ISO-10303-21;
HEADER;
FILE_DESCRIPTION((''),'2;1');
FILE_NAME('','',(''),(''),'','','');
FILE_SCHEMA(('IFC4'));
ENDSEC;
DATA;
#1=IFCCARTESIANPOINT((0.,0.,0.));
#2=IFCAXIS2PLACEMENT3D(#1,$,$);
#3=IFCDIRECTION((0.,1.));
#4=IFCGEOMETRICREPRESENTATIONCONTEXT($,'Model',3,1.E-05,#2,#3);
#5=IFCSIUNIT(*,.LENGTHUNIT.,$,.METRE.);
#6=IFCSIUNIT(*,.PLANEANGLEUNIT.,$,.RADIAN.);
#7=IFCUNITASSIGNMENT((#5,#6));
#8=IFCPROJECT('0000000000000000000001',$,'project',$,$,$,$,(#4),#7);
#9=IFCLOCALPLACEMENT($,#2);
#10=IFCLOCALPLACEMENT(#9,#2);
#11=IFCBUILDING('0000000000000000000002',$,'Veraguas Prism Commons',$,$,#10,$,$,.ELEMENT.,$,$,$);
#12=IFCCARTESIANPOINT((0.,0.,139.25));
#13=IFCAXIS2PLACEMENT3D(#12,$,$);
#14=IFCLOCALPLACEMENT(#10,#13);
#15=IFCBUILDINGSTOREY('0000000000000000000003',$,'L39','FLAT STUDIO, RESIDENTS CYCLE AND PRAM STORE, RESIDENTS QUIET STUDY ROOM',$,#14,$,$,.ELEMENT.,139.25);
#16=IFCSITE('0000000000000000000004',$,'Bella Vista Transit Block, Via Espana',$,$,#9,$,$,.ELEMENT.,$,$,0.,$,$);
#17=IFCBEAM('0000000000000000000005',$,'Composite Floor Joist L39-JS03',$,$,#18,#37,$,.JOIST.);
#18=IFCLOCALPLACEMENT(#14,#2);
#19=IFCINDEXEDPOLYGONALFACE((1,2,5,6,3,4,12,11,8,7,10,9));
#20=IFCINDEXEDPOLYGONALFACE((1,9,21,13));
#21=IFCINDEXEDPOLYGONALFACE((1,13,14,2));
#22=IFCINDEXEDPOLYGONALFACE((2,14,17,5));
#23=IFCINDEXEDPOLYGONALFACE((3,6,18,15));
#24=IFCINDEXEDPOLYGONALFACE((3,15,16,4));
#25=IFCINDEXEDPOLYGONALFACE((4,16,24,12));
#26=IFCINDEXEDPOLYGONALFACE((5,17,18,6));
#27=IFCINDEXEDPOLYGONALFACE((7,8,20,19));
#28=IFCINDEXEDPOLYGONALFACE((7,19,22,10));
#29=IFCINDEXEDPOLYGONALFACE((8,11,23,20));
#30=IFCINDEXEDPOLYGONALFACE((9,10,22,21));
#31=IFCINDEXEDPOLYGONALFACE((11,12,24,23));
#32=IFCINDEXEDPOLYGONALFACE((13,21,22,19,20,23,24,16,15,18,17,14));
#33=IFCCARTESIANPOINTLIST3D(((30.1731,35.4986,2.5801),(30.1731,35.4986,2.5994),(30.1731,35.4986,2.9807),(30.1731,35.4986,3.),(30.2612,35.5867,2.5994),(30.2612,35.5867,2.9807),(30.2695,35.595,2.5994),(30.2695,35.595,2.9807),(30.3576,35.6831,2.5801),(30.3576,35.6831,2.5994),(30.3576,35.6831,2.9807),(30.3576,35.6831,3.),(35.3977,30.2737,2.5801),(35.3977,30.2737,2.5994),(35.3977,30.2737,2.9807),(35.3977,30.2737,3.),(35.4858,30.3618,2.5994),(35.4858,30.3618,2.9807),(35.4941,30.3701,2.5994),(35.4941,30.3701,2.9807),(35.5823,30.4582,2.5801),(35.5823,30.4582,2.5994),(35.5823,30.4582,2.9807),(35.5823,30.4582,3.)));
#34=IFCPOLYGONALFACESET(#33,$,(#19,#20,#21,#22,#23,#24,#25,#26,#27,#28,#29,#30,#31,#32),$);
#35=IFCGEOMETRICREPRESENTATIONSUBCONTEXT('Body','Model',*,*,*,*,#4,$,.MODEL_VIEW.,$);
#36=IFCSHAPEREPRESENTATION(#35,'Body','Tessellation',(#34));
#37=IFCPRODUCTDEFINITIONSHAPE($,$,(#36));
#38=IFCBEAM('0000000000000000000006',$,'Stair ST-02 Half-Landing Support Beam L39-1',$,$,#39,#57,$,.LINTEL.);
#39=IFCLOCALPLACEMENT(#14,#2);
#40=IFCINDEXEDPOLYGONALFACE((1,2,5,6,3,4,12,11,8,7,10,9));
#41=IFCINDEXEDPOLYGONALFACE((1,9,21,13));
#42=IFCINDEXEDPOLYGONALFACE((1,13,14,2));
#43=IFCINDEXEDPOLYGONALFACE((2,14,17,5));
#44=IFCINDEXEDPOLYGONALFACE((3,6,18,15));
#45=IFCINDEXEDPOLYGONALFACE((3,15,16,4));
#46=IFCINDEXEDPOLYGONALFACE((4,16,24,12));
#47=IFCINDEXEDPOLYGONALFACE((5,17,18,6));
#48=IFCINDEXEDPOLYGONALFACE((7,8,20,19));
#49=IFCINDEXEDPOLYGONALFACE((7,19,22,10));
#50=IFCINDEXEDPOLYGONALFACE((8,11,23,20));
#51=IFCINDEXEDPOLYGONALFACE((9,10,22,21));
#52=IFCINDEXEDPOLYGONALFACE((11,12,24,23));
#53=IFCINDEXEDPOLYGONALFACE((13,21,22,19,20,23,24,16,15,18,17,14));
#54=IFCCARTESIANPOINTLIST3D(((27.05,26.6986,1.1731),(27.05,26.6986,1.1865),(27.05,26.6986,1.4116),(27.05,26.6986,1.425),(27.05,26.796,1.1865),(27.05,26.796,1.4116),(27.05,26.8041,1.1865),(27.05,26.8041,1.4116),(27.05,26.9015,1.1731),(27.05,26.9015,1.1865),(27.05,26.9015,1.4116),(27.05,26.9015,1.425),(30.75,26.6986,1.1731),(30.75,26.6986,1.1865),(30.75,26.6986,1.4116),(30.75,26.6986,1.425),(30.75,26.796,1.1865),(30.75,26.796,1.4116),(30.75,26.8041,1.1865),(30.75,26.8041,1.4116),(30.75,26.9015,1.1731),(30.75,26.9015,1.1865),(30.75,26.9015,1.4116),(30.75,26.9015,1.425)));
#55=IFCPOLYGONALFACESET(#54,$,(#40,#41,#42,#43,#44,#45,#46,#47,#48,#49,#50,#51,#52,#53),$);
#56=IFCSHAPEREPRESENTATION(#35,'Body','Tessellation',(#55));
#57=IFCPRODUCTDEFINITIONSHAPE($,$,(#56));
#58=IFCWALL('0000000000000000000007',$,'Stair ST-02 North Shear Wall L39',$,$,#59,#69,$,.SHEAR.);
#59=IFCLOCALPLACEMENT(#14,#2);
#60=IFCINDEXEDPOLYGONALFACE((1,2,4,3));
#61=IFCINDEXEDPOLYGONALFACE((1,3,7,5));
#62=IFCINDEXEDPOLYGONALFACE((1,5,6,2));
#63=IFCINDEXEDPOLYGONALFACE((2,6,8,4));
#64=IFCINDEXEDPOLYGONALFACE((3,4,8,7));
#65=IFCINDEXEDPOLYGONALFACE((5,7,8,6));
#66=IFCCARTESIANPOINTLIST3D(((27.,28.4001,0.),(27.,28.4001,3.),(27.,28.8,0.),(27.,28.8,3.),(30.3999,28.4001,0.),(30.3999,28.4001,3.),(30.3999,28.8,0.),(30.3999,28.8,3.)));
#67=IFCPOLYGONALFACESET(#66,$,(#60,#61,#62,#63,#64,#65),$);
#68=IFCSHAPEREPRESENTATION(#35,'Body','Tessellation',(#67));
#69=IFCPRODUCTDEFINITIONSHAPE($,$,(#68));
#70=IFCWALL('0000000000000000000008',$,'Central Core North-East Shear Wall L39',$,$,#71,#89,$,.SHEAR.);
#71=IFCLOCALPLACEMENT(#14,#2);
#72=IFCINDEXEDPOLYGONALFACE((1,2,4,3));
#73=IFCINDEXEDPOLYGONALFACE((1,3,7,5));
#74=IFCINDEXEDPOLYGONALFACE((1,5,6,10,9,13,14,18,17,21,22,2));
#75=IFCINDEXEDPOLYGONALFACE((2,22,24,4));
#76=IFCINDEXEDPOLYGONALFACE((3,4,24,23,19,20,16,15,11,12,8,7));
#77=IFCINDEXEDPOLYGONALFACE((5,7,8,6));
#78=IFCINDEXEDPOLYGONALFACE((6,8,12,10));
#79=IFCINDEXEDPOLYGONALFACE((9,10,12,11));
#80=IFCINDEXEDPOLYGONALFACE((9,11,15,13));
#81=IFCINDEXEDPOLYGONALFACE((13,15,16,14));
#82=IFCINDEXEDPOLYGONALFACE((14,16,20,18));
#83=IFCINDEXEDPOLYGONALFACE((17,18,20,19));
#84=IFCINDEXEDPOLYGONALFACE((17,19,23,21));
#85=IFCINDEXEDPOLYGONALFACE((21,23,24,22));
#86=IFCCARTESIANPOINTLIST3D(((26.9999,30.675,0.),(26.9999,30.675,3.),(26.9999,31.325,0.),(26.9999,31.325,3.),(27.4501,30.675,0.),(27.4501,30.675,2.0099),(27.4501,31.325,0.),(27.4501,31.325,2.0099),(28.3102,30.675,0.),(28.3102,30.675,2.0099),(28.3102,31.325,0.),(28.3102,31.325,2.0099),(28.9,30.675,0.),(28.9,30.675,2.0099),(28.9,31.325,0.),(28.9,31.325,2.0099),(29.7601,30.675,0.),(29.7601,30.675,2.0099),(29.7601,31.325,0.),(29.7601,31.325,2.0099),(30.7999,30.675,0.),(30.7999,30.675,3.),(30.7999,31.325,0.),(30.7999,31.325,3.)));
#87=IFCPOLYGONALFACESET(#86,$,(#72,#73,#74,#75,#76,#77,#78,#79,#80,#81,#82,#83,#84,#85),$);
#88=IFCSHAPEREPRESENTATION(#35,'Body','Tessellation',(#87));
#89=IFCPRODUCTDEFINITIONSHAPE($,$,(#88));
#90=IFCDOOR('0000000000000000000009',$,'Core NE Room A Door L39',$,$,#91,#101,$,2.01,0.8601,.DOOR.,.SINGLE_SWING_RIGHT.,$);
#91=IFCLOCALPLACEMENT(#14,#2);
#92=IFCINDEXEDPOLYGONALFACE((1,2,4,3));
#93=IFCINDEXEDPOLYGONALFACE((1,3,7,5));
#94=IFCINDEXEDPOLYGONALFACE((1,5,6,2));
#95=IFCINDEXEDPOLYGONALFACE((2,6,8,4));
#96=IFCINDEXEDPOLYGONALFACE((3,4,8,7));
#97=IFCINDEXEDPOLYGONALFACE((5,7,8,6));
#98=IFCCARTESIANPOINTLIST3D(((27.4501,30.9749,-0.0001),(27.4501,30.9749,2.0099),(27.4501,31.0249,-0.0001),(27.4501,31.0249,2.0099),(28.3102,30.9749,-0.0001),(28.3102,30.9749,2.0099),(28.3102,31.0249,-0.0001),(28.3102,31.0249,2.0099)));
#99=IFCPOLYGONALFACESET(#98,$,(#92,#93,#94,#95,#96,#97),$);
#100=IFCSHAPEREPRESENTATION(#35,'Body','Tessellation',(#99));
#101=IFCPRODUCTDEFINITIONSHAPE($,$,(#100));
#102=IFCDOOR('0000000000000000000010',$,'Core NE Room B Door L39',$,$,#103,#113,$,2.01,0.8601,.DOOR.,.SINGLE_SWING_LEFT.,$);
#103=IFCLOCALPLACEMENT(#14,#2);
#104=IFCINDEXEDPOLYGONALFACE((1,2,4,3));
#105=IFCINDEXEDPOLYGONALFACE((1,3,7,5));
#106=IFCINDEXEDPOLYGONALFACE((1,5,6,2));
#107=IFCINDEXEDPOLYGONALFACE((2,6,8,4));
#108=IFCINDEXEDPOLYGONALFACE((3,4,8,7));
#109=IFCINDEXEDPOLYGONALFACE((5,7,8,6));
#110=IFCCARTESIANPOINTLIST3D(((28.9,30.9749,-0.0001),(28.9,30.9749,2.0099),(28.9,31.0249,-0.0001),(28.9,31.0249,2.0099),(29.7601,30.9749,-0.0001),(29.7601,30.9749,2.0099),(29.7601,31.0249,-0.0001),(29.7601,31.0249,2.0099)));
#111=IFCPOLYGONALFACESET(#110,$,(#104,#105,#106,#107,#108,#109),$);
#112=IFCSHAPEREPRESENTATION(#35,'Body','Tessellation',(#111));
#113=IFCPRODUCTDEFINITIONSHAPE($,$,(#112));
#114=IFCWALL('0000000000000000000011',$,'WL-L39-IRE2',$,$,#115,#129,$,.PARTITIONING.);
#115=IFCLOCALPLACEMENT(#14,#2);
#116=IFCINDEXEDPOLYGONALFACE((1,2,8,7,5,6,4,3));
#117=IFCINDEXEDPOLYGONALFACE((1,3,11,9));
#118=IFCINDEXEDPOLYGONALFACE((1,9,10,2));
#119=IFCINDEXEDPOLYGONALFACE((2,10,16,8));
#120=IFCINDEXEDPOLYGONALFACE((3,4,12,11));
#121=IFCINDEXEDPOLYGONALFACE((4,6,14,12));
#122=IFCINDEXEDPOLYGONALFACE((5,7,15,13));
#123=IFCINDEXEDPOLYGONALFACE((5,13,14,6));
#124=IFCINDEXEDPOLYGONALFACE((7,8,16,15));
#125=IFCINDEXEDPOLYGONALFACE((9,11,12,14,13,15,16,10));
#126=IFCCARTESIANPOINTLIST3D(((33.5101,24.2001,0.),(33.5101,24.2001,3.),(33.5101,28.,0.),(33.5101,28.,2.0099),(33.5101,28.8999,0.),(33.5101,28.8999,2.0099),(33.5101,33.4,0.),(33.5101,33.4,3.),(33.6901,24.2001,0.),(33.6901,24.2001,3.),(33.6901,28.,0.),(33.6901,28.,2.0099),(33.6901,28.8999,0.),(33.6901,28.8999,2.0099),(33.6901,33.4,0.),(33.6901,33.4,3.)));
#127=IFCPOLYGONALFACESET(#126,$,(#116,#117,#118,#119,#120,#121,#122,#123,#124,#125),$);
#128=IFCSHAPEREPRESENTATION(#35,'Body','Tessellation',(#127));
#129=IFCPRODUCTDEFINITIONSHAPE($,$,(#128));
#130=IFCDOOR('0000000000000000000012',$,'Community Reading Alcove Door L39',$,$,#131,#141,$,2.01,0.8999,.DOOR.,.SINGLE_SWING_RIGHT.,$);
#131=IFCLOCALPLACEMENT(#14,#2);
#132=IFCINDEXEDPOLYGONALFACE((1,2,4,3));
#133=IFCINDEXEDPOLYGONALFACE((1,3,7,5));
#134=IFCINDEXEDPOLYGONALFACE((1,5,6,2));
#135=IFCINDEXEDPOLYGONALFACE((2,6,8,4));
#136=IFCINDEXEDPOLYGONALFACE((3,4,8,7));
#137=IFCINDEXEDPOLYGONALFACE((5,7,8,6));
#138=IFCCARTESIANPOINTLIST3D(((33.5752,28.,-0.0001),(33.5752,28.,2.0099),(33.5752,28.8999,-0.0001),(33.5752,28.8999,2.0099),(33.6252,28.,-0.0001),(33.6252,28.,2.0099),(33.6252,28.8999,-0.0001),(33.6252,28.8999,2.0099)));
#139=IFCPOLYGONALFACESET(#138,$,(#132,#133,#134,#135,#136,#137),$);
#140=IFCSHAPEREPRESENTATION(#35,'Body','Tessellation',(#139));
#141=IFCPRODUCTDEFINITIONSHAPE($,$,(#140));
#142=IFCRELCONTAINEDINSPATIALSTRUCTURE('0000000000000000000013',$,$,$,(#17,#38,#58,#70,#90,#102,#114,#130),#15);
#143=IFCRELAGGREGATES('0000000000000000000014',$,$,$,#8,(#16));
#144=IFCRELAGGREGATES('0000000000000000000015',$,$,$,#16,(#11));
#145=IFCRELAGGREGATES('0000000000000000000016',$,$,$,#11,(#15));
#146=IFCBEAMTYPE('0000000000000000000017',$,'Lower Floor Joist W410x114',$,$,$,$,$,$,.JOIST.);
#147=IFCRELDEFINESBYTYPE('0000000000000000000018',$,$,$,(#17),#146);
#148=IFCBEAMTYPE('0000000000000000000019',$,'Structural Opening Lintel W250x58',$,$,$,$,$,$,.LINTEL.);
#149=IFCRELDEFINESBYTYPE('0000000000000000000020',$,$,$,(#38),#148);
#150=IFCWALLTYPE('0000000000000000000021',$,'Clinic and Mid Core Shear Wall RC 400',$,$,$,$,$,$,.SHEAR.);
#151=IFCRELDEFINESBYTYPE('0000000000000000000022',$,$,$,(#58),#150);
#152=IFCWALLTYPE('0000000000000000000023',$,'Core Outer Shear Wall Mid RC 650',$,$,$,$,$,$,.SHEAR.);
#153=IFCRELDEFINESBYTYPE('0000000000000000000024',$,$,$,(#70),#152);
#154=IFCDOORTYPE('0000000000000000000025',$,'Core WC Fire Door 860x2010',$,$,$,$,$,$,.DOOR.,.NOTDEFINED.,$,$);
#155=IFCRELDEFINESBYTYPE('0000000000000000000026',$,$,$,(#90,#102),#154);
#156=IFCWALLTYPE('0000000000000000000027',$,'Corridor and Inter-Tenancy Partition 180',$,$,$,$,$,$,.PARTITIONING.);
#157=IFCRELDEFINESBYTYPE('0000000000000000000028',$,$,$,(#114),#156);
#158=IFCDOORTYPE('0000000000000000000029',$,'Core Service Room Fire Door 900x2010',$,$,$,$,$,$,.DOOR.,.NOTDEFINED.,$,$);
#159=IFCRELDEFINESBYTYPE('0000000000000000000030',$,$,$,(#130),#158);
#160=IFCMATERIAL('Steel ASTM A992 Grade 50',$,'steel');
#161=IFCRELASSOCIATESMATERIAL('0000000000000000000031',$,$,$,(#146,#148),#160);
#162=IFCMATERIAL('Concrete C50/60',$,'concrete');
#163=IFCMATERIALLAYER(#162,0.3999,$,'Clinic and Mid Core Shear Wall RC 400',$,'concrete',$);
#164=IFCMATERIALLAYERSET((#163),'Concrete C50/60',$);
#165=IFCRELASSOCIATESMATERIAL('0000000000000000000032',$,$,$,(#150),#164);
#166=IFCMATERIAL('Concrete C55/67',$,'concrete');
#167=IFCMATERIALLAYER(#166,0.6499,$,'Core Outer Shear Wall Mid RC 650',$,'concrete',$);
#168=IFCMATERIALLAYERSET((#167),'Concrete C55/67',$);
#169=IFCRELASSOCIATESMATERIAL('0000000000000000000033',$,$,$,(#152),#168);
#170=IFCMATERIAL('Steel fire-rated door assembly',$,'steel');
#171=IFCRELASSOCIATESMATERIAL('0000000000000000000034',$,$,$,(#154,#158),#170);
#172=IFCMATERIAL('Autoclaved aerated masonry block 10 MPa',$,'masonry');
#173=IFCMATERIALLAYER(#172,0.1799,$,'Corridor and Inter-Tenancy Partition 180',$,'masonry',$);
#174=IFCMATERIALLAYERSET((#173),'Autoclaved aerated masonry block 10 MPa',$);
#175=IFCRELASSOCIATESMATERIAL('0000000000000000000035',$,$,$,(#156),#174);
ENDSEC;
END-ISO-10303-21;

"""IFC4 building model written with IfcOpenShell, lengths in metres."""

from ifc_helpers import new_model, si_unit, direction, frame, frame_2d, origin, origin_2d, place, context, subcontext, project, spatial, rectangle, i_section, extrude, source, transform, mapped, material, layer, layer_set, material_profile, profile_set, type_object, element, fill, save


model = new_model("IFC4")

# Units and contexts
model_context = context("Model", 3, precision=1e-05, world=origin(), true_north=direction((0.0, 1.0)))
body_context = subcontext(model_context, "Body", "Model", "MODEL_VIEW")
ifc_project = project(units=[si_unit("LENGTHUNIT", "METRE"), si_unit("PLANEANGLEUNIT", "RADIAN")], contexts=[model_context])

# Site, building, storey
site_placement = place(None, origin())
site = spatial("IfcSite", under=ifc_project, at=site_placement, Name="Bella Vista Transit Block, Via Espana", CompositionType="ELEMENT", RefElevation=0.0)
building_placement = place(site_placement, origin())
building = spatial("IfcBuilding", under=site, at=building_placement, Name="Veraguas Prism Commons", CompositionType="ELEMENT")
storey_placement = place(building_placement, frame((0.0, 0.0, 139.25)))
storey = spatial("IfcBuildingStorey", under=building, at=storey_placement, Name="L39", Description="FLAT STUDIO, RESIDENTS CYCLE AND PRAM STORE, RESIDENTS QUIET STUDY ROOM", CompositionType="ELEMENT", Elevation=139.25)

# Beams
ifc_material_1 = material(Name="Steel ASTM A992 Grade 50", Category="steel")
ifc_material_profile_1 = material_profile(ifc_material_1, i_section(OverallWidth=0.261, OverallDepth=0.4199, WebThickness=0.0117, FlangeThickness=0.0193, at=origin_2d()), Name="W410X114")
ifc_profile_set_1 = profile_set([ifc_material_profile_1], Name="Steel ASTM A992 Grade 50")
beam_type_1 = type_object("IfcBeamType", Name="Lower Floor Joist W410x114", PredefinedType="JOIST", material=ifc_profile_set_1)
beam_1_placement = place(storey_placement, frame((35.49, 30.366, 2.79), z_axis=(-0.70709, 0.707123, 0.0), x_axis=(-0.707123, -0.70709, 0.0)))
element("IfcBeam", 1, at=beam_1_placement, inside=storey, type_object=beam_type_1, Name="Composite Floor Joist L39-JS03", PredefinedType="JOIST", context=body_context, shape_type="SweptSolid", body=[
    extrude(i_section(OverallWidth=0.261, OverallDepth=0.4199, WebThickness=0.0117, FlangeThickness=0.0193, at=origin_2d()), origin(), (0.0, 0.0, 1.0), 7.3889),
])
ifc_material_profile_2 = material_profile(ifc_material_1, i_section(OverallWidth=0.2029, OverallDepth=0.252, WebThickness=0.0081, FlangeThickness=0.0134, at=origin_2d()), Name="W250X58")
ifc_profile_set_2 = profile_set([ifc_material_profile_2], Name="Steel ASTM A992 Grade 50")
beam_type_2 = type_object("IfcBeamType", Name="Structural Opening Lintel W250x58", PredefinedType="LINTEL", material=ifc_profile_set_2)
beam_2_placement = place(storey_placement, frame((27.05, 26.8, 1.2991), z_axis=(1.0, 0.0, 0.0), x_axis=(0.0, 1.0, 0.0)))
element("IfcBeam", 2, at=beam_2_placement, inside=storey, type_object=beam_type_2, Name="Stair ST-02 Half-Landing Support Beam L39-1", PredefinedType="LINTEL", context=body_context, shape_type="SweptSolid", body=[
    extrude(i_section(OverallWidth=0.2029, OverallDepth=0.252, WebThickness=0.0081, FlangeThickness=0.0134, at=origin_2d()), origin(), (0.0, 0.0, 1.0), 3.7),
])

# Wall
ifc_material_2 = material(Name="Concrete C50/60", Category="concrete")
ifc_layer_1 = layer(ifc_material_2, 0.3999, Name="Clinic and Mid Core Shear Wall RC 400", Category="concrete")
ifc_layer_set_1 = layer_set([ifc_layer_1], Name="Concrete C50/60")
wall_type_1 = type_object("IfcWallType", Name="Clinic and Mid Core Shear Wall RC 400", PredefinedType="SHEAR", material=ifc_layer_set_1)
wall_1_placement = place(storey_placement, frame((27.0, 28.6001, 0.0), z_axis=(0.0, 0.0, 1.0), x_axis=(1.0, 0.0, 0.0)))
element("IfcWall", 3, at=wall_1_placement, inside=storey, type_object=wall_type_1, Name="Stair ST-02 North Shear Wall L39", PredefinedType="SHEAR", context=body_context, shape_type="SweptSolid", body=[
    extrude(rectangle(XDim=3.3999, YDim=0.3999, at=frame_2d((1.7, 0.0))), origin(), (0.0, 0.0, 1.0), 3.0),
])

# Wall, openings, doors
ifc_material_3 = material(Name="Concrete C55/67", Category="concrete")
ifc_layer_2 = layer(ifc_material_3, 0.6499, Name="Core Outer Shear Wall Mid RC 650", Category="concrete")
ifc_layer_set_2 = layer_set([ifc_layer_2], Name="Concrete C55/67")
wall_type_2 = type_object("IfcWallType", Name="Core Outer Shear Wall Mid RC 650", PredefinedType="SHEAR", material=ifc_layer_set_2)
wall_2_placement = place(storey_placement, frame((27.0, 31.0, 0.0), z_axis=(0.0, 0.0, 1.0), x_axis=(1.0, 0.0, 0.0)))
wall_2 = element("IfcWall", 4, at=wall_2_placement, inside=storey, type_object=wall_type_2, Name="Central Core North-East Shear Wall L39", PredefinedType="SHEAR", context=body_context, shape_type="SweptSolid", body=[
    extrude(rectangle(XDim=3.8, YDim=0.6499, at=frame_2d((1.8999, 0.0))), origin(), (0.0, 0.0, 1.0), 3.0),
])
opening_1_placement = place(wall_2_placement, frame((0.45, 0.0, 0.0)))
opening_1 = element("IfcOpeningElement", 5, at=opening_1_placement, cuts=wall_2, PredefinedType="OPENING", context=body_context, shape_type="SweptSolid", body=[
    extrude(rectangle(XDim=0.8601, YDim=2.01, at=frame_2d((0.4302, 1.0049))), frame((0.0, 0.335, 0.0), z_axis=(0.0, -1.0, 0.0), x_axis=(1.0, 0.0, 0.0)), (0.0, 0.0, 1.0), 0.6699),
])
opening_2_placement = place(wall_2_placement, frame((1.8999, 0.0, 0.0)))
opening_2 = element("IfcOpeningElement", 6, at=opening_2_placement, cuts=wall_2, PredefinedType="OPENING", context=body_context, shape_type="SweptSolid", body=[
    extrude(rectangle(XDim=0.8601, YDim=2.01, at=frame_2d((0.4302, 1.0049))), frame((0.0, 0.335, 0.0), z_axis=(0.0, -1.0, 0.0), x_axis=(1.0, 0.0, 0.0)), (0.0, 0.0, 1.0), 0.6699),
])
ifc_material_4 = material(Name="Steel fire-rated door assembly", Category="steel")
door_type_1 = type_object("IfcDoorType", Name="Core WC Fire Door 860x2010", OperationType="NOTDEFINED", PredefinedType="DOOR", material=ifc_material_4)
shared_shape_1 = source(origin(), body_context, "Body", "SweptSolid", [
    extrude(rectangle(XDim=0.8601, YDim=2.01, at=frame_2d((0.4302, 1.0049))), frame((0.0, 0.0249, 0.0), z_axis=(0.0, -1.0, 0.0), x_axis=(1.0, 0.0, 0.0)), (0.0, 0.0, 1.0), 0.05),
])
door_1_placement = place(opening_1_placement, origin())
door_1 = element("IfcDoor", 7, at=door_1_placement, inside=storey, type_object=door_type_1, Name="Core NE Room A Door L39", OperationType="SINGLE_SWING_RIGHT", OverallHeight=2.01, OverallWidth=0.8601, PredefinedType="DOOR", context=body_context, shape_type="MappedRepresentation", body=[
    mapped(shared_shape_1, transform((0.0, 0.0, 0.0), scale=1.0)),
])
fill(opening_1, door_1)
door_2_placement = place(opening_2_placement, origin())
door_2 = element("IfcDoor", 8, at=door_2_placement, inside=storey, type_object=door_type_1, Name="Core NE Room B Door L39", OperationType="SINGLE_SWING_LEFT", OverallHeight=2.01, OverallWidth=0.8601, PredefinedType="DOOR", context=body_context, shape_type="MappedRepresentation", body=[
    mapped(shared_shape_1, transform((0.0, 0.0, 0.0), scale=1.0)),
])
fill(opening_2, door_2)

# Wall, opening, door
ifc_material_5 = material(Name="Autoclaved aerated masonry block 10 MPa", Category="masonry")
ifc_layer_3 = layer(ifc_material_5, 0.1799, Name="Corridor and Inter-Tenancy Partition 180", Category="masonry")
ifc_layer_set_3 = layer_set([ifc_layer_3], Name="Autoclaved aerated masonry block 10 MPa")
wall_type_3 = type_object("IfcWallType", Name="Corridor and Inter-Tenancy Partition 180", PredefinedType="PARTITIONING", material=ifc_layer_set_3)
wall_3_placement = place(storey_placement, frame((33.6001, 24.2, 0.0), z_axis=(0.0, 0.0, 1.0), x_axis=(0.0, 1.0, 0.0)))
wall_3 = element("IfcWall", 9, at=wall_3_placement, inside=storey, type_object=wall_type_3, Name="WL-L39-IRE2", PredefinedType="PARTITIONING", context=body_context, shape_type="SweptSolid", body=[
    extrude(rectangle(XDim=9.2, YDim=0.1799, at=frame_2d((4.6001, 0.0))), origin(), (0.0, 0.0, 1.0), 3.0),
])
opening_3_placement = place(wall_3_placement, frame((3.8, 0.0, 0.0)))
opening_3 = element("IfcOpeningElement", 10, at=opening_3_placement, cuts=wall_3, PredefinedType="OPENING", context=body_context, shape_type="SweptSolid", body=[
    extrude(rectangle(XDim=0.8999, YDim=2.01, at=frame_2d((0.45, 1.0049))), frame((0.0, 0.0999, 0.0), z_axis=(0.0, -1.0, 0.0), x_axis=(1.0, 0.0, 0.0)), (0.0, 0.0, 1.0), 0.2),
])
door_type_2 = type_object("IfcDoorType", Name="Core Service Room Fire Door 900x2010", OperationType="NOTDEFINED", PredefinedType="DOOR", material=ifc_material_4)
shared_shape_2 = source(origin(), body_context, "Body", "SweptSolid", [
    extrude(rectangle(XDim=0.8999, YDim=2.01, at=frame_2d((0.45, 1.0049))), frame((0.0, 0.0249, 0.0), z_axis=(0.0, -1.0, 0.0), x_axis=(1.0, 0.0, 0.0)), (0.0, 0.0, 1.0), 0.05),
])
door_3_placement = place(opening_3_placement, origin())
door_3 = element("IfcDoor", 11, at=door_3_placement, inside=storey, type_object=door_type_2, Name="Community Reading Alcove Door L39", OperationType="SINGLE_SWING_RIGHT", OverallHeight=2.01, OverallWidth=0.8999, PredefinedType="DOOR", context=body_context, shape_type="MappedRepresentation", body=[
    mapped(shared_shape_2, transform((0.0, 0.0, 0.0), scale=1.0)),
])
fill(opening_3, door_3)

save(model, "model.ifc")
